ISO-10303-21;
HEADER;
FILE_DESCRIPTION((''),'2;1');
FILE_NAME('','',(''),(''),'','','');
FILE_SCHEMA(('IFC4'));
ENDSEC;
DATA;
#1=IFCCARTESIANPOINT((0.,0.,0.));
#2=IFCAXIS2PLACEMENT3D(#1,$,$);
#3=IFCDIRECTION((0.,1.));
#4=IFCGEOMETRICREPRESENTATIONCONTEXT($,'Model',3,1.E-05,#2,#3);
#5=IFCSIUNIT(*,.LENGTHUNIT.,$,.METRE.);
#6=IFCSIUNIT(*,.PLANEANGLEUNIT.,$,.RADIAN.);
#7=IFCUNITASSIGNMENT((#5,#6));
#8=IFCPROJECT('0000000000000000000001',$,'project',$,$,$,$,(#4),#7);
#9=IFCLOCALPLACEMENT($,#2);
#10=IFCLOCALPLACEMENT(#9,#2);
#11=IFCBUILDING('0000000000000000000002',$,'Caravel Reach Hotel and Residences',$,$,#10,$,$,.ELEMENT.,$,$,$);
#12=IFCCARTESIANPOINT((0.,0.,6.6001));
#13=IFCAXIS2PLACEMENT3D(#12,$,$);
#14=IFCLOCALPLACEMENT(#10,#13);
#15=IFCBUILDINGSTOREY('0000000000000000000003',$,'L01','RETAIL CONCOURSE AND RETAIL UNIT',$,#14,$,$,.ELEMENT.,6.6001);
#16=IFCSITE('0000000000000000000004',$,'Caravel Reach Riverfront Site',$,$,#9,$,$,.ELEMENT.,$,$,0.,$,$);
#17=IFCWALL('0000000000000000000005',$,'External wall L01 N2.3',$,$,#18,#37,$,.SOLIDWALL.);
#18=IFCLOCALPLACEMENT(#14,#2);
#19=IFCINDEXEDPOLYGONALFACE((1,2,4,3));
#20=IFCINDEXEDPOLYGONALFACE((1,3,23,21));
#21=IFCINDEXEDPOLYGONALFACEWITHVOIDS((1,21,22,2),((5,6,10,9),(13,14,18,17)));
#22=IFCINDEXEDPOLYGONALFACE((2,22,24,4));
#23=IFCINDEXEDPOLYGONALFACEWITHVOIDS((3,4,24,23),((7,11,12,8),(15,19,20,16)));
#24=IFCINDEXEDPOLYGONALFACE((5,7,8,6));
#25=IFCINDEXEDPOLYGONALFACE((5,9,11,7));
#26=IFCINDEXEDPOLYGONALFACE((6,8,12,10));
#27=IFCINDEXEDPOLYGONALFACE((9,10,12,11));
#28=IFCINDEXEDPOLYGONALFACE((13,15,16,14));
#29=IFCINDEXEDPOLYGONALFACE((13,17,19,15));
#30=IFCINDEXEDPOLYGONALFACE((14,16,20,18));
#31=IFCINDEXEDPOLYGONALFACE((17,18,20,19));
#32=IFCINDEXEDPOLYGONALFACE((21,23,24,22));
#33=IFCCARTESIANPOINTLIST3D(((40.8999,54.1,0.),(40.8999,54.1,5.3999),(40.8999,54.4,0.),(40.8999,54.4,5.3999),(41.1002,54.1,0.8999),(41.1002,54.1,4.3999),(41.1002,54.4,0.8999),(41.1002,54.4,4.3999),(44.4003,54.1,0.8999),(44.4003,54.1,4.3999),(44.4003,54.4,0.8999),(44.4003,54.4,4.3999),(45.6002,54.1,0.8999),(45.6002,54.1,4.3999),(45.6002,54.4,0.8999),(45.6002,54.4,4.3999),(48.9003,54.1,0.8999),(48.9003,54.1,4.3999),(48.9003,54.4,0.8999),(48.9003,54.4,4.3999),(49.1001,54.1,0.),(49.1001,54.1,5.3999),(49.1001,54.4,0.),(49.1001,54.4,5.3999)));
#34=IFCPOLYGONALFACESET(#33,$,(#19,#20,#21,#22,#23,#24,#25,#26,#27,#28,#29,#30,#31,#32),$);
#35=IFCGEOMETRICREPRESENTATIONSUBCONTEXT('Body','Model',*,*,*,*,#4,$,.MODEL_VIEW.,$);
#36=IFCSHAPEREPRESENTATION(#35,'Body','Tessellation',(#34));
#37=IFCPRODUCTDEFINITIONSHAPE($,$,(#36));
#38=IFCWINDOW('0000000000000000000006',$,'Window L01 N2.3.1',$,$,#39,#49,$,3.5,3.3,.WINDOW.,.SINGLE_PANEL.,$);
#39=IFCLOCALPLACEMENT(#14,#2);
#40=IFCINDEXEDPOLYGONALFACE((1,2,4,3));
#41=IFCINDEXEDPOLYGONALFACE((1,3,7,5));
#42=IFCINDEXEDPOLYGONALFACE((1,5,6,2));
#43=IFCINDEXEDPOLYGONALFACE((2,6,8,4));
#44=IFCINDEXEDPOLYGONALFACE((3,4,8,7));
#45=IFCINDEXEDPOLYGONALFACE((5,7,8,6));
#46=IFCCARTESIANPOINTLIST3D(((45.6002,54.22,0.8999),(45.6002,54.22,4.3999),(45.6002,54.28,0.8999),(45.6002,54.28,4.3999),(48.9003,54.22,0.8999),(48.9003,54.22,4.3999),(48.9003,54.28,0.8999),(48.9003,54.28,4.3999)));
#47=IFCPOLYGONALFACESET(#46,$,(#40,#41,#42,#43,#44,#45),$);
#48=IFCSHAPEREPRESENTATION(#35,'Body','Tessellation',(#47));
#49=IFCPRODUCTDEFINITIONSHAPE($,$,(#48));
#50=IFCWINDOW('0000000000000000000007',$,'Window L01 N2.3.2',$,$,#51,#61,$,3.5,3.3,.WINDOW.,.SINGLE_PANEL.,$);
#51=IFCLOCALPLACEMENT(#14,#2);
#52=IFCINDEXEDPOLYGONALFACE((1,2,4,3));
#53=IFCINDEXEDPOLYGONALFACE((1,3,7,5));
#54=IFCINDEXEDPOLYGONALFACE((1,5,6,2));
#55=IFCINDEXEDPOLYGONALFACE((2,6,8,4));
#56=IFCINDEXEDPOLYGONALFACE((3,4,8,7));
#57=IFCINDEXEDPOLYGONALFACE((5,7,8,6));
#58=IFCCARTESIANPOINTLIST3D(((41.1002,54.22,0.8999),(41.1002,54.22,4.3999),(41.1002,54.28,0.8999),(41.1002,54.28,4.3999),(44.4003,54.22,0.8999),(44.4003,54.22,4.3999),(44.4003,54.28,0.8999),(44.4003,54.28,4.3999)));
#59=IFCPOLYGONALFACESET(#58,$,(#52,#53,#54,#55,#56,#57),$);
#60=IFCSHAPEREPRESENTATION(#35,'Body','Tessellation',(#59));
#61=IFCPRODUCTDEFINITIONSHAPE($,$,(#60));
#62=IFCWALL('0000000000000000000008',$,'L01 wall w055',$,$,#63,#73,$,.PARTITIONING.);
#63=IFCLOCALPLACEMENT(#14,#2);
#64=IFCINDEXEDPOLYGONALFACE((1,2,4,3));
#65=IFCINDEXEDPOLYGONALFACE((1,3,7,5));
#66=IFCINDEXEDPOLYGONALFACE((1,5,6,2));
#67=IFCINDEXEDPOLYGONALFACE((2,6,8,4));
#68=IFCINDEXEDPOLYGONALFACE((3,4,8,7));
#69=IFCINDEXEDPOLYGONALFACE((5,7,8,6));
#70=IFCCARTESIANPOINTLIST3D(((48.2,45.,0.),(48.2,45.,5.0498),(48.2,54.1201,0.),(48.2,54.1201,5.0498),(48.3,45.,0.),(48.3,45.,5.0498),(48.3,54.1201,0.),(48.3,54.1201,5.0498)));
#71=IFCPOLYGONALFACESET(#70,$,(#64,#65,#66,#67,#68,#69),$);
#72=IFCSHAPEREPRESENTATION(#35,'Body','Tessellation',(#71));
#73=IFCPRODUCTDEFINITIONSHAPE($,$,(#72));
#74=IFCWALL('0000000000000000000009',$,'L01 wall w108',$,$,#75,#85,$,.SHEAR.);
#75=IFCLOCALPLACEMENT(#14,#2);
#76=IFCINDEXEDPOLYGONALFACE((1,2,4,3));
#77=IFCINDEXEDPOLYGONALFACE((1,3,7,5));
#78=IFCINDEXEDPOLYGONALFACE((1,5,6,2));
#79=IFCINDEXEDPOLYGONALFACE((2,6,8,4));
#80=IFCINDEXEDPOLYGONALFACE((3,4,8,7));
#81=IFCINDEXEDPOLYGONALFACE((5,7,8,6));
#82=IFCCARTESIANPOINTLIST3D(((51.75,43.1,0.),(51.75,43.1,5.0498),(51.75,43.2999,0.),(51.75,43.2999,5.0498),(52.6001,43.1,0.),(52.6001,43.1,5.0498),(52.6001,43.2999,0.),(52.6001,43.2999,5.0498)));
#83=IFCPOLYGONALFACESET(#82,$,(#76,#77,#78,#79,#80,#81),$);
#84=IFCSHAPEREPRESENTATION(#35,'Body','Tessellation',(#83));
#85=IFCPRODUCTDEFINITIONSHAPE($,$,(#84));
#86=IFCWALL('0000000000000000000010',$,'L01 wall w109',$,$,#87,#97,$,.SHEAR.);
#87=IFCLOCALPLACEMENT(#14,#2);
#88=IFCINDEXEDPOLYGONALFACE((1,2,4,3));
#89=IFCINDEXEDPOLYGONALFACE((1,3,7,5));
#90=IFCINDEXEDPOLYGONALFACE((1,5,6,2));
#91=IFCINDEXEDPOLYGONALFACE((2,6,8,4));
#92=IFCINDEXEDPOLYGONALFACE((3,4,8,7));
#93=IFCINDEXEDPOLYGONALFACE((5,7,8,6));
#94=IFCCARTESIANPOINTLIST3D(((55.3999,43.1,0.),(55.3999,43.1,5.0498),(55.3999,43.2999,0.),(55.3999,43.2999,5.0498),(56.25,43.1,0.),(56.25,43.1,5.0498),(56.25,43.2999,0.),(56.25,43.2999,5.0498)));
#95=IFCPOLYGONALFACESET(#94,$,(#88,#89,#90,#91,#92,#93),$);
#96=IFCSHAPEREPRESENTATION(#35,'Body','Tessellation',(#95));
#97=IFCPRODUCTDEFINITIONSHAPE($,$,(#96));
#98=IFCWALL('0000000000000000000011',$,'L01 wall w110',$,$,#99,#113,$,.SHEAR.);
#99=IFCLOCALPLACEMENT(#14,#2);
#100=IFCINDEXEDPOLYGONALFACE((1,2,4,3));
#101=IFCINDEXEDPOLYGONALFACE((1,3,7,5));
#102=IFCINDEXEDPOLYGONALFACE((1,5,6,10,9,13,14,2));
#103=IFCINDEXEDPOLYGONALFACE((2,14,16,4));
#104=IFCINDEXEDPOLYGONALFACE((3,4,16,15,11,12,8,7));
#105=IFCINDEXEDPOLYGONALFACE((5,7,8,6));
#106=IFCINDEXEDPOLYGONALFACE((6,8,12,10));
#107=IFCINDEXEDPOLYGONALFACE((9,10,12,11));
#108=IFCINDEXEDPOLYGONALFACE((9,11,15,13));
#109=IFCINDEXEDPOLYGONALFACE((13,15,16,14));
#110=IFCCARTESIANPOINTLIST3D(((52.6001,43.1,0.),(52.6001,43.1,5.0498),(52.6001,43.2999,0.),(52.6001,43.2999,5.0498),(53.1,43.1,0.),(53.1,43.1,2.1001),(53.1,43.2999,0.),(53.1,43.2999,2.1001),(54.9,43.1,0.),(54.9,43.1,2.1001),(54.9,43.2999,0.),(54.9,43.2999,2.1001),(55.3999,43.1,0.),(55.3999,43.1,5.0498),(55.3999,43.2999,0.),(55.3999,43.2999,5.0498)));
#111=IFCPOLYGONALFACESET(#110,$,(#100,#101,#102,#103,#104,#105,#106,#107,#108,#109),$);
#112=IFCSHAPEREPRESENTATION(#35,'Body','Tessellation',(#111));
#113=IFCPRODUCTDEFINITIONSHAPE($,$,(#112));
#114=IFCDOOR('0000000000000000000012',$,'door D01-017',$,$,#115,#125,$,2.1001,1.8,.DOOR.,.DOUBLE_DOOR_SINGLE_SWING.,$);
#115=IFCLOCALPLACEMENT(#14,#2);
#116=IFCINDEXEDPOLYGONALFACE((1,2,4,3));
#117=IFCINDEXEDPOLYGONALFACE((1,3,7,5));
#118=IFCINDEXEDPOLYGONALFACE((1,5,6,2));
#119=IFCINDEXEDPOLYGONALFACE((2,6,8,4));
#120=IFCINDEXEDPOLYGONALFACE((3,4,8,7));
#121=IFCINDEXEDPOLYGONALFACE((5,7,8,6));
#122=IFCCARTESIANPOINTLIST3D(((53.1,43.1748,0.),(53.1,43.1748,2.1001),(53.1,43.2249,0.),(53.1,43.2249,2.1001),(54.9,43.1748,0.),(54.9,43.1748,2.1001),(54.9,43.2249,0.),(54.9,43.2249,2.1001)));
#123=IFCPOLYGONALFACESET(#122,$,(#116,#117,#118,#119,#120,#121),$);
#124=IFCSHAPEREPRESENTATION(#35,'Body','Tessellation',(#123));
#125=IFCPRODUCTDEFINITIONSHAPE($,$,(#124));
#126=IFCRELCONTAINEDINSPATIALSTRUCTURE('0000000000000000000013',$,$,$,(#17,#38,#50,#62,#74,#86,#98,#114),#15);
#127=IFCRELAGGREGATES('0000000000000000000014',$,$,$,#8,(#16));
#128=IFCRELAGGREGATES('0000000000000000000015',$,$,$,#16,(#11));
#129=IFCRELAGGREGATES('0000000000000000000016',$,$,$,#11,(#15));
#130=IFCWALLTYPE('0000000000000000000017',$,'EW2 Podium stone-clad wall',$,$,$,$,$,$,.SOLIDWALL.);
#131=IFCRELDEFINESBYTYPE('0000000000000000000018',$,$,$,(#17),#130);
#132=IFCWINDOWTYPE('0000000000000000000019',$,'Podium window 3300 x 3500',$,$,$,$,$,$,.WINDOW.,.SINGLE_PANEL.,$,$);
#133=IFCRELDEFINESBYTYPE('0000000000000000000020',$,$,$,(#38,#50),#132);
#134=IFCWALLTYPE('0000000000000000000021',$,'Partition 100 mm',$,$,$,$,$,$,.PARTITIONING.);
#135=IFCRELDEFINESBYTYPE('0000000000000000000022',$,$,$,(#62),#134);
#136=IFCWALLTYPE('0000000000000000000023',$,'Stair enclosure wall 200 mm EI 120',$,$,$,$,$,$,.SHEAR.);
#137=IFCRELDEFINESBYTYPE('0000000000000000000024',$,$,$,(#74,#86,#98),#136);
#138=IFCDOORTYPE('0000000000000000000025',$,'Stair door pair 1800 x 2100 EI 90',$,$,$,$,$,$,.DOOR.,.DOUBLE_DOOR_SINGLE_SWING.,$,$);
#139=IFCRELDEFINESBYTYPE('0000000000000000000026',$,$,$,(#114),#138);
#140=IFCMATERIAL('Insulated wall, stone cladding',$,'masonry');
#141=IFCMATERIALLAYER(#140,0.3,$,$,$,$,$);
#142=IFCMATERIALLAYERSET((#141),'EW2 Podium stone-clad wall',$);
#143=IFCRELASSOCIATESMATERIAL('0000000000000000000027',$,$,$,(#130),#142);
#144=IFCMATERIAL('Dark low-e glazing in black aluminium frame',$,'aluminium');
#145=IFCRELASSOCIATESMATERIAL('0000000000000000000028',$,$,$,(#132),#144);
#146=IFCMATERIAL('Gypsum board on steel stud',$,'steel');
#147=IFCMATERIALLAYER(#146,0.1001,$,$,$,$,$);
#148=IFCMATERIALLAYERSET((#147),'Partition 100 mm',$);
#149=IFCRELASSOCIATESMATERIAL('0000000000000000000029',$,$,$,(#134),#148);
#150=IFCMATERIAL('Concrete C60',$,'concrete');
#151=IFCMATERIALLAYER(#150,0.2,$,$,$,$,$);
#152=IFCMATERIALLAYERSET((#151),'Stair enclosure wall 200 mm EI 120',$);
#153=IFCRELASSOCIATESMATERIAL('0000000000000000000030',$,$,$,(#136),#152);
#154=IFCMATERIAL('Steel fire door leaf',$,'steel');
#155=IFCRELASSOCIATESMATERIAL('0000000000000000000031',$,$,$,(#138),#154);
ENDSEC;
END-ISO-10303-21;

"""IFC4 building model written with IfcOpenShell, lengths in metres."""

from ifc_helpers import new_model, si_unit, direction, frame, frame_2d, origin, place, context, subcontext, project, spatial, rectangle, extrude, material, layer, layer_set, type_object, element, fill, save


model = new_model("IFC4")

# Units and contexts
model_context = context("Model", 3, precision=1e-05, world=origin(), true_north=direction((0.0, 1.0)))
body_context = subcontext(model_context, "Body", "Model", "MODEL_VIEW")
ifc_project = project(units=[si_unit("LENGTHUNIT", "METRE"), si_unit("PLANEANGLEUNIT", "RADIAN")], contexts=[model_context])

# Site, building, storey
site_placement = place(None, origin())
site = spatial("IfcSite", under=ifc_project, at=site_placement, Name="Caravel Reach Riverfront Site", CompositionType="ELEMENT", RefElevation=0.0)
building_placement = place(site_placement, origin())
building = spatial("IfcBuilding", under=site, at=building_placement, Name="Caravel Reach Hotel and Residences", CompositionType="ELEMENT")
storey_placement = place(building_placement, frame((0.0, 0.0, 6.6001)))
storey = spatial("IfcBuildingStorey", under=building, at=storey_placement, Name="L01", Description="RETAIL CONCOURSE AND RETAIL UNIT", CompositionType="ELEMENT", Elevation=6.6001)

# Wall, openings, windows
ifc_material_1 = material(Name="Insulated wall, stone cladding", Category="masonry")
ifc_layer_1 = layer(ifc_material_1, 0.3)
ifc_layer_set_1 = layer_set([ifc_layer_1], Name="EW2 Podium stone-clad wall")
wall_type_1 = type_object("IfcWallType", Name="EW2 Podium stone-clad wall", PredefinedType="SOLIDWALL", material=ifc_layer_set_1)
wall_1_placement = place(storey_placement, frame((49.1001, 54.25, 0.0), z_axis=(0.0, 0.0, 1.0), x_axis=(-1.0, 0.0, 0.0)))
wall_1 = element("IfcWall", 1, at=wall_1_placement, inside=storey, type_object=wall_type_1, Name="External wall L01 N2.3", PredefinedType="SOLIDWALL", context=body_context, shape_type="SweptSolid", body=[
    extrude(rectangle(XDim=8.2002, YDim=0.3, at=frame_2d((4.1001, 0.0))), origin(), (0.0, 0.0, 1.0), 5.3999),
])
opening_1_placement = place(wall_1_placement, frame((0.2, 0.0, 0.8999)))
opening_1 = element("IfcOpeningElement", 2, at=opening_1_placement, cuts=wall_1, PredefinedType="OPENING", context=body_context, shape_type="SweptSolid", body=[
    extrude(rectangle(XDim=3.3, YDim=3.5, at=frame_2d((1.6499, 1.75))), frame((0.0, 0.1599, 0.0), z_axis=(0.0, -1.0, 0.0), x_axis=(1.0, 0.0, 0.0)), (0.0, 0.0, 1.0), 0.3201),
])
opening_2_placement = place(wall_1_placement, frame((4.7, 0.0, 0.8999)))
opening_2 = element("IfcOpeningElement", 3, at=opening_2_placement, cuts=wall_1, PredefinedType="OPENING", context=body_context, shape_type="SweptSolid", body=[
    extrude(rectangle(XDim=3.3, YDim=3.5, at=frame_2d((1.6499, 1.75))), frame((0.0, 0.1599, 0.0), z_axis=(0.0, -1.0, 0.0), x_axis=(1.0, 0.0, 0.0)), (0.0, 0.0, 1.0), 0.3201),
])
ifc_material_2 = material(Name="Dark low-e glazing in black aluminium frame", Category="aluminium")
window_type = type_object("IfcWindowType", Name="Podium window 3300 x 3500", PartitioningType="SINGLE_PANEL", PredefinedType="WINDOW", material=ifc_material_2)
window_1_placement = place(opening_1_placement, origin())
window_1 = element("IfcWindow", 4, at=window_1_placement, inside=storey, type_object=window_type, Name="Window L01 N2.3.1", OverallHeight=3.5, OverallWidth=3.3, PartitioningType="SINGLE_PANEL", PredefinedType="WINDOW", context=body_context, shape_type="SweptSolid", body=[
    extrude(rectangle(XDim=3.3, YDim=3.5, at=frame_2d((1.6499, 1.75))), frame((0.0, 0.03, 0.0), z_axis=(0.0, -1.0, 0.0), x_axis=(1.0, 0.0, 0.0)), (0.0, 0.0, 1.0), 0.0601),
])
fill(opening_1, window_1)
window_2_placement = place(opening_2_placement, origin())
window_2 = element("IfcWindow", 5, at=window_2_placement, inside=storey, type_object=window_type, Name="Window L01 N2.3.2", OverallHeight=3.5, OverallWidth=3.3, PartitioningType="SINGLE_PANEL", PredefinedType="WINDOW", context=body_context, shape_type="SweptSolid", body=[
    extrude(rectangle(XDim=3.3, YDim=3.5, at=frame_2d((1.6499, 1.75))), frame((0.0, 0.03, 0.0), z_axis=(0.0, -1.0, 0.0), x_axis=(1.0, 0.0, 0.0)), (0.0, 0.0, 1.0), 0.0601),
])
fill(opening_2, window_2)

# Walls
ifc_material_3 = material(Name="Gypsum board on steel stud", Category="steel")
ifc_layer_2 = layer(ifc_material_3, 0.1001)
ifc_layer_set_2 = layer_set([ifc_layer_2], Name="Partition 100 mm")
wall_type_2 = type_object("IfcWallType", Name="Partition 100 mm", PredefinedType="PARTITIONING", material=ifc_layer_set_2)
wall_2_placement = place(storey_placement, frame((48.25, 45.0, 0.0), z_axis=(0.0, 0.0, 1.0), x_axis=(0.0, 1.0, 0.0)))
element("IfcWall", 6, at=wall_2_placement, inside=storey, type_object=wall_type_2, Name="L01 wall w055", PredefinedType="PARTITIONING", context=body_context, shape_type="SweptSolid", body=[
    extrude(rectangle(XDim=9.1201, YDim=0.1001, at=frame_2d((4.5601, 0.0))), origin(), (0.0, 0.0, 1.0), 5.0498),
])
ifc_material_4 = material(Name="Concrete C60", Category="concrete")
ifc_layer_3 = layer(ifc_material_4, 0.2)
ifc_layer_set_3 = layer_set([ifc_layer_3], Name="Stair enclosure wall 200 mm EI 120")
wall_type_3 = type_object("IfcWallType", Name="Stair enclosure wall 200 mm EI 120", PredefinedType="SHEAR", material=ifc_layer_set_3)
for number, where, z_axis, x_axis, name in (
    (7, (51.75, 43.2, 0.0), (0.0, 0.0, 1.0), (1.0, 0.0, 0.0), "L01 wall w108"),
    (8, (55.3999, 43.2, 0.0), (0.0, 0.0, 1.0), (1.0, 0.0, 0.0), "L01 wall w109"),
):
    element("IfcWall", number, at=place(storey_placement, frame(where, z_axis=z_axis, x_axis=x_axis)), inside=storey, type_object=wall_type_3, Name=name, PredefinedType="SHEAR", context=body_context, shape_type="SweptSolid", body=[
        extrude(rectangle(XDim=0.8501, YDim=0.2, at=frame_2d((0.425, 0.0))), origin(), (0.0, 0.0, 1.0), 5.0498),
    ])

# Wall, opening, door
wall_3_placement = place(storey_placement, frame((52.6001, 43.2, 0.0), z_axis=(0.0, 0.0, 1.0), x_axis=(1.0, 0.0, 0.0)))
wall_3 = element("IfcWall", 9, at=wall_3_placement, inside=storey, type_object=wall_type_3, Name="L01 wall w110", PredefinedType="SHEAR", context=body_context, shape_type="SweptSolid", body=[
    extrude(rectangle(XDim=2.7998, YDim=0.2, at=frame_2d((1.3999, 0.0))), origin(), (0.0, 0.0, 1.0), 5.0498),
])
opening_3_placement = place(wall_3_placement, frame((0.5, 0.0, 0.0)))
opening_3 = element("IfcOpeningElement", 10, at=opening_3_placement, cuts=wall_3, PredefinedType="OPENING", context=body_context, shape_type="SweptSolid", body=[
    extrude(rectangle(XDim=1.8, YDim=2.1001, at=frame_2d((0.8999, 1.05))), frame((0.0, 0.1099, 0.0), z_axis=(0.0, -1.0, 0.0), x_axis=(1.0, 0.0, 0.0)), (0.0, 0.0, 1.0), 0.22),
])
ifc_material_5 = material(Name="Steel fire door leaf", Category="steel")
door_type_1 = type_object("IfcDoorType", Name="Stair door pair 1800 x 2100 EI 90", OperationType="DOUBLE_DOOR_SINGLE_SWING", PredefinedType="DOOR", material=ifc_material_5)
door_1_placement = place(opening_3_placement, origin())
door_1 = element("IfcDoor", 11, at=door_1_placement, inside=storey, type_object=door_type_1, Name="door D01-017", OperationType="DOUBLE_DOOR_SINGLE_SWING", OverallHeight=2.1001, OverallWidth=1.8, PredefinedType="DOOR", context=body_context, shape_type="SweptSolid", body=[
    extrude(rectangle(XDim=1.8, YDim=2.1001, at=frame_2d((0.8999, 1.05))), frame((0.0, 0.0249, 0.0), z_axis=(0.0, -1.0, 0.0), x_axis=(1.0, 0.0, 0.0)), (0.0, 0.0, 1.0), 0.05),
])
fill(opening_3, door_1)

save(model, "model.ifc")
